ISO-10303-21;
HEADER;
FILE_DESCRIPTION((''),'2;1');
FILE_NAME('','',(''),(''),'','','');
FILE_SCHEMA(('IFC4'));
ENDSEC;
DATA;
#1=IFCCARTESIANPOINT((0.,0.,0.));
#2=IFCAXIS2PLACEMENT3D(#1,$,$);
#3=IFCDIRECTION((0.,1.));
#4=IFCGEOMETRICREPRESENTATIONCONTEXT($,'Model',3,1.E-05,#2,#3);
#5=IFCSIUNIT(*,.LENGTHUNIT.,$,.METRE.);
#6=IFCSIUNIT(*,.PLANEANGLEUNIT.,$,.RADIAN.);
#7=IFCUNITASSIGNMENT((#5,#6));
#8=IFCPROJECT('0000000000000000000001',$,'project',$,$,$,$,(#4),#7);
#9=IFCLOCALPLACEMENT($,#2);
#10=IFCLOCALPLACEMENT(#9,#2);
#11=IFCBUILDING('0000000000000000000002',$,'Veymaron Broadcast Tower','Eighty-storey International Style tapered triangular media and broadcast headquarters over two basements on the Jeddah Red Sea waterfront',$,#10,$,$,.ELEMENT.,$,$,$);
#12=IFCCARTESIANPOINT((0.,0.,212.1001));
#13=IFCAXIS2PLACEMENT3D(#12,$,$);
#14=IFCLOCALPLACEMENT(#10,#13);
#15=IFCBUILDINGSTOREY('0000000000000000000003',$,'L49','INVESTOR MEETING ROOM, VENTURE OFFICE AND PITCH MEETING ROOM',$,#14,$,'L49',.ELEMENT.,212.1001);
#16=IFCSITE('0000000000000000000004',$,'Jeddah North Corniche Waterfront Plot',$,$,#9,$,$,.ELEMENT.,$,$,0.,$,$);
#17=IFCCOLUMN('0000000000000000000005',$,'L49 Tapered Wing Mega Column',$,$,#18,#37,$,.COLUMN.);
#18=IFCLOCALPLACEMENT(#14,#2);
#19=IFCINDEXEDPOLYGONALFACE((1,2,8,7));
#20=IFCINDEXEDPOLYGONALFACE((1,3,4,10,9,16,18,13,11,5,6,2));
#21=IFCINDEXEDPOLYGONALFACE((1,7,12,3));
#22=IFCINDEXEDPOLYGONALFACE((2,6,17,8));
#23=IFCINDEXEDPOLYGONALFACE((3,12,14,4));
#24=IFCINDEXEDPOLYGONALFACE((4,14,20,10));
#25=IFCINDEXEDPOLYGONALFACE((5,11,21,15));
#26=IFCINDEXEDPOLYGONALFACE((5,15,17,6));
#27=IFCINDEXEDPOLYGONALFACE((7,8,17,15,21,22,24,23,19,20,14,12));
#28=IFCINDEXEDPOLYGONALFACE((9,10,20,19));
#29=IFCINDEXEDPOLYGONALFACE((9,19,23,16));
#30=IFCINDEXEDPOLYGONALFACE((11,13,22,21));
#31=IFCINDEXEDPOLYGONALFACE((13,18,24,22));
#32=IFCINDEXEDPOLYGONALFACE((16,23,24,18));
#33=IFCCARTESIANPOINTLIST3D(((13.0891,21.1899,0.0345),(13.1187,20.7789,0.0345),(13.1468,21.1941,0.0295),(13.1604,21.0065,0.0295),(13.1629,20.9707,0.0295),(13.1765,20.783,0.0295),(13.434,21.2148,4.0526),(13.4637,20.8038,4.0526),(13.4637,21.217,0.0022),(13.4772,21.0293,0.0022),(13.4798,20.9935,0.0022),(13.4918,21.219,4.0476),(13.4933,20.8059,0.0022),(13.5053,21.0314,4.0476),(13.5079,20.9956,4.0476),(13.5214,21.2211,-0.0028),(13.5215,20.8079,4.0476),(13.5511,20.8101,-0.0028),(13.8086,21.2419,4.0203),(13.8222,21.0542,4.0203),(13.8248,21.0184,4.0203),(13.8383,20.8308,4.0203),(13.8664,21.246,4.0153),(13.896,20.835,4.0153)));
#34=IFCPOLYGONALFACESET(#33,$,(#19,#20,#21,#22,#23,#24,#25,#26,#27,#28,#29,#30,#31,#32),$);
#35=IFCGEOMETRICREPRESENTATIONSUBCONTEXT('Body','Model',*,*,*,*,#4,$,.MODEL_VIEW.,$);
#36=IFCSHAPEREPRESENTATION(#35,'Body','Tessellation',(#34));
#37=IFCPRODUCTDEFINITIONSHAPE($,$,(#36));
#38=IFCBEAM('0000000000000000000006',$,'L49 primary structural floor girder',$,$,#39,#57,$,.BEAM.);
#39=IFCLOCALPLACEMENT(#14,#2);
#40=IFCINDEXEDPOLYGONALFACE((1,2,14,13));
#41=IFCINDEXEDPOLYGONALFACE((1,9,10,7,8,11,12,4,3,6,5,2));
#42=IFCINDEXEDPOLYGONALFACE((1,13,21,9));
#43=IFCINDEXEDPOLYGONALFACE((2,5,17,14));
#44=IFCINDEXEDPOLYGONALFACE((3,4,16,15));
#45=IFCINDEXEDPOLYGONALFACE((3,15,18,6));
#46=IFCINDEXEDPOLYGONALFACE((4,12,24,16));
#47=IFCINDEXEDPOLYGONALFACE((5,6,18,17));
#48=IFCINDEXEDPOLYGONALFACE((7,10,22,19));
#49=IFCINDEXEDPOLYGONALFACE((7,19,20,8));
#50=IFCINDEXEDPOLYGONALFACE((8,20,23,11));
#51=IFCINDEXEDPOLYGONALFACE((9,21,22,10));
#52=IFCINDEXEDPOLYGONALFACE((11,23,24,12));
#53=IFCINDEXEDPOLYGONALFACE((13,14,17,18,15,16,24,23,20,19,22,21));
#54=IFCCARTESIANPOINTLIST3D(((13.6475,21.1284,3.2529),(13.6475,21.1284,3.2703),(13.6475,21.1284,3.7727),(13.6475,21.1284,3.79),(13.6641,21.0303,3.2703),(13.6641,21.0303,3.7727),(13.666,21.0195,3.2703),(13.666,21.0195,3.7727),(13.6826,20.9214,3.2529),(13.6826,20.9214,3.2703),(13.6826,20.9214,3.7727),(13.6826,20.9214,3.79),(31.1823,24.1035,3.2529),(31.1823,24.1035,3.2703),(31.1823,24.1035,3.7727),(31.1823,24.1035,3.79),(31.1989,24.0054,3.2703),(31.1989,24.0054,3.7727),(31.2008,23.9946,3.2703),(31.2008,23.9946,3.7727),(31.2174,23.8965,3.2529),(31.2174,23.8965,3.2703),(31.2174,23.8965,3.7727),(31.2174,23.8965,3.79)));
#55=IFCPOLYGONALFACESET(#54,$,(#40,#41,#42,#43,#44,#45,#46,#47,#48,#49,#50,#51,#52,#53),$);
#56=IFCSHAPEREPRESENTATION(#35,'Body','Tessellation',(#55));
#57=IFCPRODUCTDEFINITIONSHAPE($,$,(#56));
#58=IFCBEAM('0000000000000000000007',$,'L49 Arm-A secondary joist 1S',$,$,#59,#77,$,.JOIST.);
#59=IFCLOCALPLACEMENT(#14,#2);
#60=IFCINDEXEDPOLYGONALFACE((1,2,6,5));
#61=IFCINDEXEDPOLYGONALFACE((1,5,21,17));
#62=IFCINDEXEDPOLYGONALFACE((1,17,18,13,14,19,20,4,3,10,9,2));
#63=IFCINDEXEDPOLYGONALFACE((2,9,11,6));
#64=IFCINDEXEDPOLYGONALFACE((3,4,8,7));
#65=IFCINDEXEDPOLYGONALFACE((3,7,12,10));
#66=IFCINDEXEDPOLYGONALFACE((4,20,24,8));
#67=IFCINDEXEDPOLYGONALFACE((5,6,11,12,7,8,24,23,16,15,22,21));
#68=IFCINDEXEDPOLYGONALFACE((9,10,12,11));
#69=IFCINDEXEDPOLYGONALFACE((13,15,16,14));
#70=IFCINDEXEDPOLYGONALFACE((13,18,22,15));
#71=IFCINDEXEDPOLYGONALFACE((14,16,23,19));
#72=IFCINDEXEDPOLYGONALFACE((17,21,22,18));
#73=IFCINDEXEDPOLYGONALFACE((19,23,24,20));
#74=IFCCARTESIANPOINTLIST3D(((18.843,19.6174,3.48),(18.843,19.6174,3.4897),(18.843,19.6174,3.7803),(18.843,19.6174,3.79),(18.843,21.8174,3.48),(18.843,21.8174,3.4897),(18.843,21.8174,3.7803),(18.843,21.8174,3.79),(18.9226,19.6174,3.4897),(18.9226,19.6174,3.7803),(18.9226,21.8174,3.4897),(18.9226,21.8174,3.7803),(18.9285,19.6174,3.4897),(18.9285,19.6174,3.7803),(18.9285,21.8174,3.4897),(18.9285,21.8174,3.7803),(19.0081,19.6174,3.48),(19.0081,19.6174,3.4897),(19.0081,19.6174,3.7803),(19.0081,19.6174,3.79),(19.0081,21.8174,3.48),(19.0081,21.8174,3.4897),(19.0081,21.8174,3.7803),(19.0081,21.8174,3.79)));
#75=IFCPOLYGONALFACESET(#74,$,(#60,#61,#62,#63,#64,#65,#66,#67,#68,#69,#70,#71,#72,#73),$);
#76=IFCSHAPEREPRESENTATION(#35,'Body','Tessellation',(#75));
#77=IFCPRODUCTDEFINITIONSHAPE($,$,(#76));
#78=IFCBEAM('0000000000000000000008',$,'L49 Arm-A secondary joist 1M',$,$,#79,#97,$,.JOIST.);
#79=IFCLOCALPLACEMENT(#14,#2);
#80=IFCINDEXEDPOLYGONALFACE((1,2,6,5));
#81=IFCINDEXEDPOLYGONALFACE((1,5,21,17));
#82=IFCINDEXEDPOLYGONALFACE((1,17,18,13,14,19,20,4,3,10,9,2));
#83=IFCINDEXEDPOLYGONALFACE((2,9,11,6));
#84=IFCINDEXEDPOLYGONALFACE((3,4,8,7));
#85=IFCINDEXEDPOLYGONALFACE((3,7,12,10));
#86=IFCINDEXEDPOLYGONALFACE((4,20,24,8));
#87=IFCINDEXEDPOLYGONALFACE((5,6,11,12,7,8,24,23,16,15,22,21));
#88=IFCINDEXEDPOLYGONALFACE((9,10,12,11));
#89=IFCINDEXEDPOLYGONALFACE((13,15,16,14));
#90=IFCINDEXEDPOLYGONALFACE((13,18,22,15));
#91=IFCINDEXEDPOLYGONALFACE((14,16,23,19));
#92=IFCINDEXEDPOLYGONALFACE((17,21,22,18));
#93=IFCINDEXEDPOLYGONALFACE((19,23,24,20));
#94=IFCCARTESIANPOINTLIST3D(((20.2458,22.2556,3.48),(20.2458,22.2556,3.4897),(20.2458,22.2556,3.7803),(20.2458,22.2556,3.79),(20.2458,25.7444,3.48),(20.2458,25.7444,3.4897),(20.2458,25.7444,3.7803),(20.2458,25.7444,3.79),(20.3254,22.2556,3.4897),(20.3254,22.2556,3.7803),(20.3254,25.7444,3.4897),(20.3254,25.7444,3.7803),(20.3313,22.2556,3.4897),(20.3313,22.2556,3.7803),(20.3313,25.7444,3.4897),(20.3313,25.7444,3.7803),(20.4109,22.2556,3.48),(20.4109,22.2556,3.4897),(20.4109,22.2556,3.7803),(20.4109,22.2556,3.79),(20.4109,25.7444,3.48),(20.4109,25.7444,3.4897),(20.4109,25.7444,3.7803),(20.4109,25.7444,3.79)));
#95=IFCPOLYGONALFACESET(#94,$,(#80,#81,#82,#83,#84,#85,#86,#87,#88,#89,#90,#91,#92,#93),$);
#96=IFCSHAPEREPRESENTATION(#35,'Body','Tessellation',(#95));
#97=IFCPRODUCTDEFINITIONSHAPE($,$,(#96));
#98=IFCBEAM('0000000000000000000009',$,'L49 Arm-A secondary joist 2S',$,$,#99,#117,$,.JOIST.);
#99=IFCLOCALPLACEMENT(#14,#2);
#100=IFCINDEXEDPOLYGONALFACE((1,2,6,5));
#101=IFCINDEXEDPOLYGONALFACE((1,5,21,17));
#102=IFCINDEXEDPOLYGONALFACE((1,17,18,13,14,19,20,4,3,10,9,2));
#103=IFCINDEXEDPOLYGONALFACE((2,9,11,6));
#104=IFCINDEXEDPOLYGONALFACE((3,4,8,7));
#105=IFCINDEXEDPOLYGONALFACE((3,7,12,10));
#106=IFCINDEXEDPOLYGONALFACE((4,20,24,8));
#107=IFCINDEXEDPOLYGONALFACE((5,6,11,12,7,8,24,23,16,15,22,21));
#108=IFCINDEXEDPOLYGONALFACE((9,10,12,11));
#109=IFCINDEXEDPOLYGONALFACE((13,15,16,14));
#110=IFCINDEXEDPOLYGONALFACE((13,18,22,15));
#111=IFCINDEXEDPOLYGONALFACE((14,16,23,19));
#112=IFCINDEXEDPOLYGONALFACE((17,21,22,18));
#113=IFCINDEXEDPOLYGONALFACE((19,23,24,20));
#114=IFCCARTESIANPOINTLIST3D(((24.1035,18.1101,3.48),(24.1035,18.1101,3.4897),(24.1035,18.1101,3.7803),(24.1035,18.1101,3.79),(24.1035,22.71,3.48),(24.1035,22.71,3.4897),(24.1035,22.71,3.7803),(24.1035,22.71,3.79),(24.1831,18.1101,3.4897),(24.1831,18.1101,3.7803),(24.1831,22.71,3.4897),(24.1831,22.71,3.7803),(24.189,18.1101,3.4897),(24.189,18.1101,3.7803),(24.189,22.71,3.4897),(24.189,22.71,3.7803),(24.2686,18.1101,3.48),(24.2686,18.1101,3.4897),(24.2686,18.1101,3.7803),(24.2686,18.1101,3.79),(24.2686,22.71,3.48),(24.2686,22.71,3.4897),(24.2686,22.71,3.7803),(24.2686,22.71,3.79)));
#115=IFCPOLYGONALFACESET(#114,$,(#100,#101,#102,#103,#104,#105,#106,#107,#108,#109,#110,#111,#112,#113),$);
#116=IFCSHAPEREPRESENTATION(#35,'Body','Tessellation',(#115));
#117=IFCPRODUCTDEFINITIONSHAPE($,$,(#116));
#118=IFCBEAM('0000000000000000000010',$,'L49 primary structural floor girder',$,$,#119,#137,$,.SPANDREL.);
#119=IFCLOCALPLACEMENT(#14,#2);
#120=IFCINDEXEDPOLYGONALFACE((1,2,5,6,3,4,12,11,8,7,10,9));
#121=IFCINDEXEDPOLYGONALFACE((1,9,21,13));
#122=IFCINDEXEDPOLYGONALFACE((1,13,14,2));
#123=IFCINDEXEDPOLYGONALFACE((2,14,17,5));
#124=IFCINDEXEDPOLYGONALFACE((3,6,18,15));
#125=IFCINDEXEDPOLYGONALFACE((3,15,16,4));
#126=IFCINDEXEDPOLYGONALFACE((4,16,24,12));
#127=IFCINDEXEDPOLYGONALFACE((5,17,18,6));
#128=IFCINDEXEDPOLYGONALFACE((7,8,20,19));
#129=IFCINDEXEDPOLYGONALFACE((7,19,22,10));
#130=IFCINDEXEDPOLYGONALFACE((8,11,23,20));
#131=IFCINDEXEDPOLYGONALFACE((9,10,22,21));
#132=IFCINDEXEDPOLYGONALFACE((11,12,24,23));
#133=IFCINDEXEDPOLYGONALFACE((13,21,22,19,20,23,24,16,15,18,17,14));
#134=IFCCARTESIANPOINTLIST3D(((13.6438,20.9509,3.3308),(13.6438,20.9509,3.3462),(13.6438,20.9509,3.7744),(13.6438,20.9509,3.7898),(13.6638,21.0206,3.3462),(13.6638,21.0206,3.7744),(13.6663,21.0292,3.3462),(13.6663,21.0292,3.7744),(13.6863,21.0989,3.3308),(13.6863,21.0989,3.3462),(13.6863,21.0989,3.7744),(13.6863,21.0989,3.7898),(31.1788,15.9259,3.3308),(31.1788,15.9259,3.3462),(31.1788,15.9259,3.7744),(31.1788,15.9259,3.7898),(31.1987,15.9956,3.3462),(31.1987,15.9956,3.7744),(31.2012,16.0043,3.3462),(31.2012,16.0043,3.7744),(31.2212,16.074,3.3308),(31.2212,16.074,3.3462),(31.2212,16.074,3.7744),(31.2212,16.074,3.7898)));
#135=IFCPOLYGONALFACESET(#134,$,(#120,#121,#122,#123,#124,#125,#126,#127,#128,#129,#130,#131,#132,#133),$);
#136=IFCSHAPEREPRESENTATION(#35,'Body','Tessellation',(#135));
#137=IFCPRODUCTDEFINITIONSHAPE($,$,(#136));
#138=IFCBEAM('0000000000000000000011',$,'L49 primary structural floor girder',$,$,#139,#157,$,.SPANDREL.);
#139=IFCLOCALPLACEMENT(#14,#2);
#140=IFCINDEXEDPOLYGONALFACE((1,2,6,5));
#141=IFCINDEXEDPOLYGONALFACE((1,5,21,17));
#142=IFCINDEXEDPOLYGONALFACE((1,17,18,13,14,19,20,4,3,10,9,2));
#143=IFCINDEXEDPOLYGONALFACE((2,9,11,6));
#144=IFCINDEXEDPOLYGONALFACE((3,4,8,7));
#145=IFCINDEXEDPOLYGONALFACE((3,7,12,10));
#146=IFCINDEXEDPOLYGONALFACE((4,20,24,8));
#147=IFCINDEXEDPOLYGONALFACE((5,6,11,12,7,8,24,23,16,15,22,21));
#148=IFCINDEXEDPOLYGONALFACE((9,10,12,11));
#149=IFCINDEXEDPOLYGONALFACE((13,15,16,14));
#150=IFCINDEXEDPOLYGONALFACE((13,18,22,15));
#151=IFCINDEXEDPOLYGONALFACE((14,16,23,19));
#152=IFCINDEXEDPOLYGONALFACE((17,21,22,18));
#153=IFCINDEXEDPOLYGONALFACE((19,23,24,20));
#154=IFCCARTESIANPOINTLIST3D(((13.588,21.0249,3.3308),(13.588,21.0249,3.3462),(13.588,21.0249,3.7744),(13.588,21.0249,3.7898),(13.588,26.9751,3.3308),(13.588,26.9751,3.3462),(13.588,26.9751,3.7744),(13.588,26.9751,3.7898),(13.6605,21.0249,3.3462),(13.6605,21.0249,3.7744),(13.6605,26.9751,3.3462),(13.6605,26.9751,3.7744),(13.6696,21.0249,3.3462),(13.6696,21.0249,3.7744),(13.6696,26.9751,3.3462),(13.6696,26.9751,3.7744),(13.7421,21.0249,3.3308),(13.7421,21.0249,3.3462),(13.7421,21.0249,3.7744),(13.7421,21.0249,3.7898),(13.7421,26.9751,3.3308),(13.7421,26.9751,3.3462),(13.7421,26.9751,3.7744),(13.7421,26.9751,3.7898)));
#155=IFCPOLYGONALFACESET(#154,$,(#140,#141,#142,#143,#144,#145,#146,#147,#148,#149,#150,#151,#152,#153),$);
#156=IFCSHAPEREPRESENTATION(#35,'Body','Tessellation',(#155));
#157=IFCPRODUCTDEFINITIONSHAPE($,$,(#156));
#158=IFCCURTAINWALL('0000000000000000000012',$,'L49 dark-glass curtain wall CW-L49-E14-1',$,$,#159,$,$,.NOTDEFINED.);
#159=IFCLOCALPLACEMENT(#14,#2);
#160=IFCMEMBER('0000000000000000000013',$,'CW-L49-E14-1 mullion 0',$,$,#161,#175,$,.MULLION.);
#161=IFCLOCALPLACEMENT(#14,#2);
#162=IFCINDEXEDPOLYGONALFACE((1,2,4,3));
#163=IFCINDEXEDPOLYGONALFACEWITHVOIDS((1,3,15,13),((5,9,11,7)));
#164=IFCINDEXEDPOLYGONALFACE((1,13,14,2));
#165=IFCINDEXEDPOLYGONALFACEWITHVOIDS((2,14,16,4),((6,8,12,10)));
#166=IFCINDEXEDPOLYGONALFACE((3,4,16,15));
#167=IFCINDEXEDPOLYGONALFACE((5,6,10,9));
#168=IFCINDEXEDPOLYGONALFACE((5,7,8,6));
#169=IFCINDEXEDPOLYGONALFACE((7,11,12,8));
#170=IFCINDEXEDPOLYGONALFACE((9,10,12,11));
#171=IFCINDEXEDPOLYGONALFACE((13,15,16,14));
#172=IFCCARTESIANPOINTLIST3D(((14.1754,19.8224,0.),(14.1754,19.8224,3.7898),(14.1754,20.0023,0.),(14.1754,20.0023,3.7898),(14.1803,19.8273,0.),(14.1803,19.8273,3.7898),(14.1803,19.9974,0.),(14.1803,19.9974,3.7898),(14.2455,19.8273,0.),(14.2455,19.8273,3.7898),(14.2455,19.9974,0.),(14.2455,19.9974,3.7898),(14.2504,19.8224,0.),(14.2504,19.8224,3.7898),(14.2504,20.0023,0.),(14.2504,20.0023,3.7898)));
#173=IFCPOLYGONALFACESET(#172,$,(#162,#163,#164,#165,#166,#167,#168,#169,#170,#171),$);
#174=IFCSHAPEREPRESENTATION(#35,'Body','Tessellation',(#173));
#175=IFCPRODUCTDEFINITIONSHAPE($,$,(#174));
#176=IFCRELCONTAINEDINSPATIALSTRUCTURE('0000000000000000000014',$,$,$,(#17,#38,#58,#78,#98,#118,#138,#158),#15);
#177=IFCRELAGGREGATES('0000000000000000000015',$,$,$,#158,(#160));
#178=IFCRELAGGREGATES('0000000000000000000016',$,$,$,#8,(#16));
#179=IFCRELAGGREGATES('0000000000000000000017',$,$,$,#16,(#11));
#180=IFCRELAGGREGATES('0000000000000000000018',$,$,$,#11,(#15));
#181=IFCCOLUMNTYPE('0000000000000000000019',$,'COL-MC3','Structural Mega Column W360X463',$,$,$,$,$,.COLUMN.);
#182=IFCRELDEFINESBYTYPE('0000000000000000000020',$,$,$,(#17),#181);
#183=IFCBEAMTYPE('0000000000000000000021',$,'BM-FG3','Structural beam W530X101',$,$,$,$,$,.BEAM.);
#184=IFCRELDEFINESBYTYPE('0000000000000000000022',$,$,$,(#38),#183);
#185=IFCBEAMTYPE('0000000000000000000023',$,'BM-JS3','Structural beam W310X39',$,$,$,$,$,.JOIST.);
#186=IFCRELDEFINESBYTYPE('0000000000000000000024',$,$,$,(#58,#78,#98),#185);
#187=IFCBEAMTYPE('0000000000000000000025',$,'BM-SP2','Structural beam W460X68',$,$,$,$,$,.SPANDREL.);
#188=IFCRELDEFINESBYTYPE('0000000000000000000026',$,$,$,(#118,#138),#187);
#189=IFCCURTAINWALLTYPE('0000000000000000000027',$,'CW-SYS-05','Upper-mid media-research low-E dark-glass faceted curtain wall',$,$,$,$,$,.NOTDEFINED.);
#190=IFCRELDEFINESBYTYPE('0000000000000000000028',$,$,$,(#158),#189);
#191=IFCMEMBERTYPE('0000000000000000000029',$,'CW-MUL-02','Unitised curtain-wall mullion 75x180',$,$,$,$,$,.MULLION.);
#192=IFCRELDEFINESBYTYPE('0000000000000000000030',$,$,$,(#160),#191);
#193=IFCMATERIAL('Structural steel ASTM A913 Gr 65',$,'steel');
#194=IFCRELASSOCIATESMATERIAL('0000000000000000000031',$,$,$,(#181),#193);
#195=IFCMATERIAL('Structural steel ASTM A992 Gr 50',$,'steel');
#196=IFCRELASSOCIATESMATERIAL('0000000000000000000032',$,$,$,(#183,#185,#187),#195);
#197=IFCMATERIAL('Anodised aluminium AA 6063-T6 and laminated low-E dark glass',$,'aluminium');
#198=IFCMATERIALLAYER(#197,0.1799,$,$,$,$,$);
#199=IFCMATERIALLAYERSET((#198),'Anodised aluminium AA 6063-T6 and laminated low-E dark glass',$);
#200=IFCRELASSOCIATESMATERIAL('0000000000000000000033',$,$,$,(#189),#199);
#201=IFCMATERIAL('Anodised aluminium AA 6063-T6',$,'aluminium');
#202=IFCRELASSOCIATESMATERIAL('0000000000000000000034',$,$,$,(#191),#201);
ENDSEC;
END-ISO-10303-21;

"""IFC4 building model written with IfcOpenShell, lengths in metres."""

from ifc_helpers import new_model, si_unit, direction, frame, origin, origin_2d, place, context, subcontext, project, spatial, hollow_rectangle, i_section, extrude, material, layer, layer_set, material_profile, profile_set, type_object, element, aggregate, save


model = new_model("IFC4")

# Units and contexts
model_context = context("Model", 3, precision=1e-05, world=origin(), true_north=direction((0.0, 1.0)))
body_context = subcontext(model_context, "Body", "Model", "MODEL_VIEW")
ifc_project = project(units=[si_unit("LENGTHUNIT", "METRE"), si_unit("PLANEANGLEUNIT", "RADIAN")], contexts=[model_context])

# Site, building, storey
site_placement = place(None, origin())
site = spatial("IfcSite", under=ifc_project, at=site_placement, Name="Jeddah North Corniche Waterfront Plot", CompositionType="ELEMENT", RefElevation=0.0)
building_placement = place(site_placement, origin())
building = spatial("IfcBuilding", under=site, at=building_placement, Name="Veymaron Broadcast Tower", Description="Eighty-storey International Style tapered triangular media and broadcast headquarters over two basements on the Jeddah Red Sea waterfront", CompositionType="ELEMENT")
storey_placement = place(building_placement, frame((0.0, 0.0, 212.1001)))
storey = spatial("IfcBuildingStorey", under=building, at=storey_placement, Name="L49", Description="INVESTOR MEETING ROOM, VENTURE OFFICE AND PITCH MEETING ROOM", LongName="L49", CompositionType="ELEMENT", Elevation=212.1001)

# Column
ifc_material_1 = material(Name="Structural steel ASTM A913 Gr 65", Category="steel")
ifc_material_profile_1 = material_profile(ifc_material_1, i_section(OverallWidth=0.4121, OverallDepth=0.4351, WebThickness=0.0359, FlangeThickness=0.0581, at=origin_2d()), Name="W360X463")
ifc_profile_set_1 = profile_set([ifc_material_profile_1], Name="Structural steel ASTM A913 Gr 65")
column_type = type_object("IfcColumnType", Name="COL-MC3", Description="Structural Mega Column W360X463", PredefinedType="COLUMN", material=ifc_profile_set_1)
column_placement = place(storey_placement, frame((13.3201, 21.0, 0.0159), z_axis=(0.085539, 0.006175, 0.996316), x_axis=(-0.071999, 0.997405, 0.0)))
element("IfcColumn", 1, at=column_placement, inside=storey, type_object=column_type, Name="L49 Tapered Wing Mega Column", PredefinedType="COLUMN", context=body_context, shape_type="SweptSolid", body=[
    extrude(i_section(OverallWidth=0.4121, OverallDepth=0.4351, WebThickness=0.0359, FlangeThickness=0.0581, at=origin_2d()), origin(), (0.0, 0.0, 1.0), 4.033),
])

# Beams
ifc_material_2 = material(Name="Structural steel ASTM A992 Gr 50", Category="steel")
ifc_material_profile_2 = material_profile(ifc_material_2, i_section(OverallWidth=0.21, OverallDepth=0.5371, WebThickness=0.011, FlangeThickness=0.0173, at=origin_2d()), Name="W530X101")
ifc_profile_set_2 = profile_set([ifc_material_profile_2], Name="Structural steel ASTM A992 Gr 50")
beam_type_1 = type_object("IfcBeamType", Name="BM-FG3", Description="Structural beam W530X101", PredefinedType="BEAM", material=ifc_profile_set_2)
beam_1_placement = place(storey_placement, frame((13.665, 21.0249, 3.5215), z_axis=(0.98591, 0.167276, 0.0), x_axis=(-0.167276, 0.98591, 0.0)))
element("IfcBeam", 2, at=beam_1_placement, inside=storey, type_object=beam_type_1, Name="L49 primary structural floor girder", PredefinedType="BEAM", context=body_context, shape_type="SweptSolid", body=[
    extrude(i_section(OverallWidth=0.21, OverallDepth=0.5371, WebThickness=0.011, FlangeThickness=0.0173, at=origin_2d()), origin(), (0.0, 0.0, 1.0), 17.7854),
])
ifc_material_profile_3 = material_profile(ifc_material_2, i_section(OverallWidth=0.165, OverallDepth=0.3101, WebThickness=0.0059, FlangeThickness=0.0098, at=origin_2d()), Name="W310X39")
ifc_profile_set_3 = profile_set([ifc_material_profile_3], Name="Structural steel ASTM A992 Gr 50")
beam_type_2 = type_object("IfcBeamType", Name="BM-JS3", Description="Structural beam W310X39", PredefinedType="JOIST", material=ifc_profile_set_3)
beam_2_placement = place(storey_placement, frame((18.9255, 19.6174, 3.635), z_axis=(0.0, 1.0, 0.0), x_axis=(-1.0, 0.0, 0.0)))
element("IfcBeam", 3, at=beam_2_placement, inside=storey, type_object=beam_type_2, Name="L49 Arm-A secondary joist 1S", PredefinedType="JOIST", context=body_context, shape_type="SweptSolid", body=[
    extrude(i_section(OverallWidth=0.165, OverallDepth=0.3101, WebThickness=0.0059, FlangeThickness=0.0098, at=origin_2d()), origin(), (0.0, 0.0, 1.0), 2.2),
])
beam_3_placement = place(storey_placement, frame((20.3284, 22.2556, 3.635), z_axis=(0.0, 1.0, 0.0), x_axis=(-1.0, 0.0, 0.0)))
element("IfcBeam", 4, at=beam_3_placement, inside=storey, type_object=beam_type_2, Name="L49 Arm-A secondary joist 1M", PredefinedType="JOIST", context=body_context, shape_type="SweptSolid", body=[
    extrude(i_section(OverallWidth=0.165, OverallDepth=0.3101, WebThickness=0.0059, FlangeThickness=0.0098, at=origin_2d()), origin(), (0.0, 0.0, 1.0), 3.4888),
])
beam_4_placement = place(storey_placement, frame((24.186, 18.1101, 3.635), z_axis=(0.0, 1.0, 0.0), x_axis=(-1.0, 0.0, 0.0)))
element("IfcBeam", 5, at=beam_4_placement, inside=storey, type_object=beam_type_2, Name="L49 Arm-A secondary joist 2S", PredefinedType="JOIST", context=body_context, shape_type="SweptSolid", body=[
    extrude(i_section(OverallWidth=0.165, OverallDepth=0.3101, WebThickness=0.0059, FlangeThickness=0.0098, at=origin_2d()), origin(), (0.0, 0.0, 1.0), 4.5999),
])
ifc_material_profile_4 = material_profile(ifc_material_2, i_section(OverallWidth=0.1541, OverallDepth=0.459, WebThickness=0.009, FlangeThickness=0.0154, at=origin_2d()), Name="W460X68")
ifc_profile_set_4 = profile_set([ifc_material_profile_4], Name="Structural steel ASTM A992 Gr 50")
beam_type_3 = type_object("IfcBeamType", Name="BM-SP2", Description="Structural beam W460X68", PredefinedType="SPANDREL", material=ifc_profile_set_4)
beam_5_placement = place(storey_placement, frame((13.665, 21.0249, 3.5603), z_axis=(0.961307, -0.275478, 0.0), x_axis=(0.275478, 0.961307, 0.0)))
element("IfcBeam", 6, at=beam_5_placement, inside=storey, type_object=beam_type_3, Name="L49 primary structural floor girder", PredefinedType="SPANDREL", context=body_context, shape_type="SweptSolid", body=[
    extrude(i_section(OverallWidth=0.1541, OverallDepth=0.459, WebThickness=0.009, FlangeThickness=0.0154, at=origin_2d()), origin(), (0.0, 0.0, 1.0), 18.2407),
])
beam_6_placement = place(storey_placement, frame((13.665, 21.0249, 3.5603), z_axis=(0.0, 1.0, 0.0), x_axis=(-1.0, 0.0, 0.0)))
element("IfcBeam", 7, at=beam_6_placement, inside=storey, type_object=beam_type_3, Name="L49 primary structural floor girder", PredefinedType="SPANDREL", context=body_context, shape_type="SweptSolid", body=[
    extrude(i_section(OverallWidth=0.1541, OverallDepth=0.459, WebThickness=0.009, FlangeThickness=0.0154, at=origin_2d()), origin(), (0.0, 0.0, 1.0), 5.9502),
])

# Curtain wall, member
ifc_material_3 = material(Name="Anodised aluminium AA 6063-T6 and laminated low-E dark glass", Category="aluminium")
ifc_layer_1 = layer(ifc_material_3, 0.1799)
ifc_layer_set_1 = layer_set([ifc_layer_1], Name="Anodised aluminium AA 6063-T6 and laminated low-E dark glass")
curtain_wall_type = type_object("IfcCurtainWallType", Name="CW-SYS-05", Description="Upper-mid media-research low-E dark-glass faceted curtain wall", PredefinedType="NOTDEFINED", material=ifc_layer_set_1)
curtain_wall_placement = place(storey_placement, origin())
curtain_wall = element("IfcCurtainWall", 8, at=curtain_wall_placement, inside=storey, type_object=curtain_wall_type, Name="L49 dark-glass curtain wall CW-L49-E14-1", PredefinedType="NOTDEFINED")
ifc_material_4 = material(Name="Anodised aluminium AA 6063-T6", Category="aluminium")
ifc_material_profile_5 = material_profile(ifc_material_4, hollow_rectangle(XDim=0.075, YDim=0.1799, WallThickness=0.0049, at=origin_2d()), Name="AL180X75X5")
ifc_profile_set_5 = profile_set([ifc_material_profile_5], Name="Anodised aluminium AA 6063-T6")
member_type_1 = type_object("IfcMemberType", Name="CW-MUL-02", Description="Unitised curtain-wall mullion 75x180", PredefinedType="MULLION", material=ifc_profile_set_5)
member_1_placement = place(storey_placement, frame((14.2129, 19.9124, 0.0), z_axis=(0.0, 0.0, 1.0), x_axis=(1.0, 0.0, 0.0)))
member_1 = element("IfcMember", 9, at=member_1_placement, type_object=member_type_1, Name="CW-L49-E14-1 mullion 0", PredefinedType="MULLION", context=body_context, shape_type="SweptSolid", body=[
    extrude(hollow_rectangle(XDim=0.075, YDim=0.1799, WallThickness=0.0049, at=origin_2d()), origin(), (0.0, 0.0, 1.0), 3.7898),
])
aggregate(curtain_wall, [member_1])

save(model, "model.ifc")
